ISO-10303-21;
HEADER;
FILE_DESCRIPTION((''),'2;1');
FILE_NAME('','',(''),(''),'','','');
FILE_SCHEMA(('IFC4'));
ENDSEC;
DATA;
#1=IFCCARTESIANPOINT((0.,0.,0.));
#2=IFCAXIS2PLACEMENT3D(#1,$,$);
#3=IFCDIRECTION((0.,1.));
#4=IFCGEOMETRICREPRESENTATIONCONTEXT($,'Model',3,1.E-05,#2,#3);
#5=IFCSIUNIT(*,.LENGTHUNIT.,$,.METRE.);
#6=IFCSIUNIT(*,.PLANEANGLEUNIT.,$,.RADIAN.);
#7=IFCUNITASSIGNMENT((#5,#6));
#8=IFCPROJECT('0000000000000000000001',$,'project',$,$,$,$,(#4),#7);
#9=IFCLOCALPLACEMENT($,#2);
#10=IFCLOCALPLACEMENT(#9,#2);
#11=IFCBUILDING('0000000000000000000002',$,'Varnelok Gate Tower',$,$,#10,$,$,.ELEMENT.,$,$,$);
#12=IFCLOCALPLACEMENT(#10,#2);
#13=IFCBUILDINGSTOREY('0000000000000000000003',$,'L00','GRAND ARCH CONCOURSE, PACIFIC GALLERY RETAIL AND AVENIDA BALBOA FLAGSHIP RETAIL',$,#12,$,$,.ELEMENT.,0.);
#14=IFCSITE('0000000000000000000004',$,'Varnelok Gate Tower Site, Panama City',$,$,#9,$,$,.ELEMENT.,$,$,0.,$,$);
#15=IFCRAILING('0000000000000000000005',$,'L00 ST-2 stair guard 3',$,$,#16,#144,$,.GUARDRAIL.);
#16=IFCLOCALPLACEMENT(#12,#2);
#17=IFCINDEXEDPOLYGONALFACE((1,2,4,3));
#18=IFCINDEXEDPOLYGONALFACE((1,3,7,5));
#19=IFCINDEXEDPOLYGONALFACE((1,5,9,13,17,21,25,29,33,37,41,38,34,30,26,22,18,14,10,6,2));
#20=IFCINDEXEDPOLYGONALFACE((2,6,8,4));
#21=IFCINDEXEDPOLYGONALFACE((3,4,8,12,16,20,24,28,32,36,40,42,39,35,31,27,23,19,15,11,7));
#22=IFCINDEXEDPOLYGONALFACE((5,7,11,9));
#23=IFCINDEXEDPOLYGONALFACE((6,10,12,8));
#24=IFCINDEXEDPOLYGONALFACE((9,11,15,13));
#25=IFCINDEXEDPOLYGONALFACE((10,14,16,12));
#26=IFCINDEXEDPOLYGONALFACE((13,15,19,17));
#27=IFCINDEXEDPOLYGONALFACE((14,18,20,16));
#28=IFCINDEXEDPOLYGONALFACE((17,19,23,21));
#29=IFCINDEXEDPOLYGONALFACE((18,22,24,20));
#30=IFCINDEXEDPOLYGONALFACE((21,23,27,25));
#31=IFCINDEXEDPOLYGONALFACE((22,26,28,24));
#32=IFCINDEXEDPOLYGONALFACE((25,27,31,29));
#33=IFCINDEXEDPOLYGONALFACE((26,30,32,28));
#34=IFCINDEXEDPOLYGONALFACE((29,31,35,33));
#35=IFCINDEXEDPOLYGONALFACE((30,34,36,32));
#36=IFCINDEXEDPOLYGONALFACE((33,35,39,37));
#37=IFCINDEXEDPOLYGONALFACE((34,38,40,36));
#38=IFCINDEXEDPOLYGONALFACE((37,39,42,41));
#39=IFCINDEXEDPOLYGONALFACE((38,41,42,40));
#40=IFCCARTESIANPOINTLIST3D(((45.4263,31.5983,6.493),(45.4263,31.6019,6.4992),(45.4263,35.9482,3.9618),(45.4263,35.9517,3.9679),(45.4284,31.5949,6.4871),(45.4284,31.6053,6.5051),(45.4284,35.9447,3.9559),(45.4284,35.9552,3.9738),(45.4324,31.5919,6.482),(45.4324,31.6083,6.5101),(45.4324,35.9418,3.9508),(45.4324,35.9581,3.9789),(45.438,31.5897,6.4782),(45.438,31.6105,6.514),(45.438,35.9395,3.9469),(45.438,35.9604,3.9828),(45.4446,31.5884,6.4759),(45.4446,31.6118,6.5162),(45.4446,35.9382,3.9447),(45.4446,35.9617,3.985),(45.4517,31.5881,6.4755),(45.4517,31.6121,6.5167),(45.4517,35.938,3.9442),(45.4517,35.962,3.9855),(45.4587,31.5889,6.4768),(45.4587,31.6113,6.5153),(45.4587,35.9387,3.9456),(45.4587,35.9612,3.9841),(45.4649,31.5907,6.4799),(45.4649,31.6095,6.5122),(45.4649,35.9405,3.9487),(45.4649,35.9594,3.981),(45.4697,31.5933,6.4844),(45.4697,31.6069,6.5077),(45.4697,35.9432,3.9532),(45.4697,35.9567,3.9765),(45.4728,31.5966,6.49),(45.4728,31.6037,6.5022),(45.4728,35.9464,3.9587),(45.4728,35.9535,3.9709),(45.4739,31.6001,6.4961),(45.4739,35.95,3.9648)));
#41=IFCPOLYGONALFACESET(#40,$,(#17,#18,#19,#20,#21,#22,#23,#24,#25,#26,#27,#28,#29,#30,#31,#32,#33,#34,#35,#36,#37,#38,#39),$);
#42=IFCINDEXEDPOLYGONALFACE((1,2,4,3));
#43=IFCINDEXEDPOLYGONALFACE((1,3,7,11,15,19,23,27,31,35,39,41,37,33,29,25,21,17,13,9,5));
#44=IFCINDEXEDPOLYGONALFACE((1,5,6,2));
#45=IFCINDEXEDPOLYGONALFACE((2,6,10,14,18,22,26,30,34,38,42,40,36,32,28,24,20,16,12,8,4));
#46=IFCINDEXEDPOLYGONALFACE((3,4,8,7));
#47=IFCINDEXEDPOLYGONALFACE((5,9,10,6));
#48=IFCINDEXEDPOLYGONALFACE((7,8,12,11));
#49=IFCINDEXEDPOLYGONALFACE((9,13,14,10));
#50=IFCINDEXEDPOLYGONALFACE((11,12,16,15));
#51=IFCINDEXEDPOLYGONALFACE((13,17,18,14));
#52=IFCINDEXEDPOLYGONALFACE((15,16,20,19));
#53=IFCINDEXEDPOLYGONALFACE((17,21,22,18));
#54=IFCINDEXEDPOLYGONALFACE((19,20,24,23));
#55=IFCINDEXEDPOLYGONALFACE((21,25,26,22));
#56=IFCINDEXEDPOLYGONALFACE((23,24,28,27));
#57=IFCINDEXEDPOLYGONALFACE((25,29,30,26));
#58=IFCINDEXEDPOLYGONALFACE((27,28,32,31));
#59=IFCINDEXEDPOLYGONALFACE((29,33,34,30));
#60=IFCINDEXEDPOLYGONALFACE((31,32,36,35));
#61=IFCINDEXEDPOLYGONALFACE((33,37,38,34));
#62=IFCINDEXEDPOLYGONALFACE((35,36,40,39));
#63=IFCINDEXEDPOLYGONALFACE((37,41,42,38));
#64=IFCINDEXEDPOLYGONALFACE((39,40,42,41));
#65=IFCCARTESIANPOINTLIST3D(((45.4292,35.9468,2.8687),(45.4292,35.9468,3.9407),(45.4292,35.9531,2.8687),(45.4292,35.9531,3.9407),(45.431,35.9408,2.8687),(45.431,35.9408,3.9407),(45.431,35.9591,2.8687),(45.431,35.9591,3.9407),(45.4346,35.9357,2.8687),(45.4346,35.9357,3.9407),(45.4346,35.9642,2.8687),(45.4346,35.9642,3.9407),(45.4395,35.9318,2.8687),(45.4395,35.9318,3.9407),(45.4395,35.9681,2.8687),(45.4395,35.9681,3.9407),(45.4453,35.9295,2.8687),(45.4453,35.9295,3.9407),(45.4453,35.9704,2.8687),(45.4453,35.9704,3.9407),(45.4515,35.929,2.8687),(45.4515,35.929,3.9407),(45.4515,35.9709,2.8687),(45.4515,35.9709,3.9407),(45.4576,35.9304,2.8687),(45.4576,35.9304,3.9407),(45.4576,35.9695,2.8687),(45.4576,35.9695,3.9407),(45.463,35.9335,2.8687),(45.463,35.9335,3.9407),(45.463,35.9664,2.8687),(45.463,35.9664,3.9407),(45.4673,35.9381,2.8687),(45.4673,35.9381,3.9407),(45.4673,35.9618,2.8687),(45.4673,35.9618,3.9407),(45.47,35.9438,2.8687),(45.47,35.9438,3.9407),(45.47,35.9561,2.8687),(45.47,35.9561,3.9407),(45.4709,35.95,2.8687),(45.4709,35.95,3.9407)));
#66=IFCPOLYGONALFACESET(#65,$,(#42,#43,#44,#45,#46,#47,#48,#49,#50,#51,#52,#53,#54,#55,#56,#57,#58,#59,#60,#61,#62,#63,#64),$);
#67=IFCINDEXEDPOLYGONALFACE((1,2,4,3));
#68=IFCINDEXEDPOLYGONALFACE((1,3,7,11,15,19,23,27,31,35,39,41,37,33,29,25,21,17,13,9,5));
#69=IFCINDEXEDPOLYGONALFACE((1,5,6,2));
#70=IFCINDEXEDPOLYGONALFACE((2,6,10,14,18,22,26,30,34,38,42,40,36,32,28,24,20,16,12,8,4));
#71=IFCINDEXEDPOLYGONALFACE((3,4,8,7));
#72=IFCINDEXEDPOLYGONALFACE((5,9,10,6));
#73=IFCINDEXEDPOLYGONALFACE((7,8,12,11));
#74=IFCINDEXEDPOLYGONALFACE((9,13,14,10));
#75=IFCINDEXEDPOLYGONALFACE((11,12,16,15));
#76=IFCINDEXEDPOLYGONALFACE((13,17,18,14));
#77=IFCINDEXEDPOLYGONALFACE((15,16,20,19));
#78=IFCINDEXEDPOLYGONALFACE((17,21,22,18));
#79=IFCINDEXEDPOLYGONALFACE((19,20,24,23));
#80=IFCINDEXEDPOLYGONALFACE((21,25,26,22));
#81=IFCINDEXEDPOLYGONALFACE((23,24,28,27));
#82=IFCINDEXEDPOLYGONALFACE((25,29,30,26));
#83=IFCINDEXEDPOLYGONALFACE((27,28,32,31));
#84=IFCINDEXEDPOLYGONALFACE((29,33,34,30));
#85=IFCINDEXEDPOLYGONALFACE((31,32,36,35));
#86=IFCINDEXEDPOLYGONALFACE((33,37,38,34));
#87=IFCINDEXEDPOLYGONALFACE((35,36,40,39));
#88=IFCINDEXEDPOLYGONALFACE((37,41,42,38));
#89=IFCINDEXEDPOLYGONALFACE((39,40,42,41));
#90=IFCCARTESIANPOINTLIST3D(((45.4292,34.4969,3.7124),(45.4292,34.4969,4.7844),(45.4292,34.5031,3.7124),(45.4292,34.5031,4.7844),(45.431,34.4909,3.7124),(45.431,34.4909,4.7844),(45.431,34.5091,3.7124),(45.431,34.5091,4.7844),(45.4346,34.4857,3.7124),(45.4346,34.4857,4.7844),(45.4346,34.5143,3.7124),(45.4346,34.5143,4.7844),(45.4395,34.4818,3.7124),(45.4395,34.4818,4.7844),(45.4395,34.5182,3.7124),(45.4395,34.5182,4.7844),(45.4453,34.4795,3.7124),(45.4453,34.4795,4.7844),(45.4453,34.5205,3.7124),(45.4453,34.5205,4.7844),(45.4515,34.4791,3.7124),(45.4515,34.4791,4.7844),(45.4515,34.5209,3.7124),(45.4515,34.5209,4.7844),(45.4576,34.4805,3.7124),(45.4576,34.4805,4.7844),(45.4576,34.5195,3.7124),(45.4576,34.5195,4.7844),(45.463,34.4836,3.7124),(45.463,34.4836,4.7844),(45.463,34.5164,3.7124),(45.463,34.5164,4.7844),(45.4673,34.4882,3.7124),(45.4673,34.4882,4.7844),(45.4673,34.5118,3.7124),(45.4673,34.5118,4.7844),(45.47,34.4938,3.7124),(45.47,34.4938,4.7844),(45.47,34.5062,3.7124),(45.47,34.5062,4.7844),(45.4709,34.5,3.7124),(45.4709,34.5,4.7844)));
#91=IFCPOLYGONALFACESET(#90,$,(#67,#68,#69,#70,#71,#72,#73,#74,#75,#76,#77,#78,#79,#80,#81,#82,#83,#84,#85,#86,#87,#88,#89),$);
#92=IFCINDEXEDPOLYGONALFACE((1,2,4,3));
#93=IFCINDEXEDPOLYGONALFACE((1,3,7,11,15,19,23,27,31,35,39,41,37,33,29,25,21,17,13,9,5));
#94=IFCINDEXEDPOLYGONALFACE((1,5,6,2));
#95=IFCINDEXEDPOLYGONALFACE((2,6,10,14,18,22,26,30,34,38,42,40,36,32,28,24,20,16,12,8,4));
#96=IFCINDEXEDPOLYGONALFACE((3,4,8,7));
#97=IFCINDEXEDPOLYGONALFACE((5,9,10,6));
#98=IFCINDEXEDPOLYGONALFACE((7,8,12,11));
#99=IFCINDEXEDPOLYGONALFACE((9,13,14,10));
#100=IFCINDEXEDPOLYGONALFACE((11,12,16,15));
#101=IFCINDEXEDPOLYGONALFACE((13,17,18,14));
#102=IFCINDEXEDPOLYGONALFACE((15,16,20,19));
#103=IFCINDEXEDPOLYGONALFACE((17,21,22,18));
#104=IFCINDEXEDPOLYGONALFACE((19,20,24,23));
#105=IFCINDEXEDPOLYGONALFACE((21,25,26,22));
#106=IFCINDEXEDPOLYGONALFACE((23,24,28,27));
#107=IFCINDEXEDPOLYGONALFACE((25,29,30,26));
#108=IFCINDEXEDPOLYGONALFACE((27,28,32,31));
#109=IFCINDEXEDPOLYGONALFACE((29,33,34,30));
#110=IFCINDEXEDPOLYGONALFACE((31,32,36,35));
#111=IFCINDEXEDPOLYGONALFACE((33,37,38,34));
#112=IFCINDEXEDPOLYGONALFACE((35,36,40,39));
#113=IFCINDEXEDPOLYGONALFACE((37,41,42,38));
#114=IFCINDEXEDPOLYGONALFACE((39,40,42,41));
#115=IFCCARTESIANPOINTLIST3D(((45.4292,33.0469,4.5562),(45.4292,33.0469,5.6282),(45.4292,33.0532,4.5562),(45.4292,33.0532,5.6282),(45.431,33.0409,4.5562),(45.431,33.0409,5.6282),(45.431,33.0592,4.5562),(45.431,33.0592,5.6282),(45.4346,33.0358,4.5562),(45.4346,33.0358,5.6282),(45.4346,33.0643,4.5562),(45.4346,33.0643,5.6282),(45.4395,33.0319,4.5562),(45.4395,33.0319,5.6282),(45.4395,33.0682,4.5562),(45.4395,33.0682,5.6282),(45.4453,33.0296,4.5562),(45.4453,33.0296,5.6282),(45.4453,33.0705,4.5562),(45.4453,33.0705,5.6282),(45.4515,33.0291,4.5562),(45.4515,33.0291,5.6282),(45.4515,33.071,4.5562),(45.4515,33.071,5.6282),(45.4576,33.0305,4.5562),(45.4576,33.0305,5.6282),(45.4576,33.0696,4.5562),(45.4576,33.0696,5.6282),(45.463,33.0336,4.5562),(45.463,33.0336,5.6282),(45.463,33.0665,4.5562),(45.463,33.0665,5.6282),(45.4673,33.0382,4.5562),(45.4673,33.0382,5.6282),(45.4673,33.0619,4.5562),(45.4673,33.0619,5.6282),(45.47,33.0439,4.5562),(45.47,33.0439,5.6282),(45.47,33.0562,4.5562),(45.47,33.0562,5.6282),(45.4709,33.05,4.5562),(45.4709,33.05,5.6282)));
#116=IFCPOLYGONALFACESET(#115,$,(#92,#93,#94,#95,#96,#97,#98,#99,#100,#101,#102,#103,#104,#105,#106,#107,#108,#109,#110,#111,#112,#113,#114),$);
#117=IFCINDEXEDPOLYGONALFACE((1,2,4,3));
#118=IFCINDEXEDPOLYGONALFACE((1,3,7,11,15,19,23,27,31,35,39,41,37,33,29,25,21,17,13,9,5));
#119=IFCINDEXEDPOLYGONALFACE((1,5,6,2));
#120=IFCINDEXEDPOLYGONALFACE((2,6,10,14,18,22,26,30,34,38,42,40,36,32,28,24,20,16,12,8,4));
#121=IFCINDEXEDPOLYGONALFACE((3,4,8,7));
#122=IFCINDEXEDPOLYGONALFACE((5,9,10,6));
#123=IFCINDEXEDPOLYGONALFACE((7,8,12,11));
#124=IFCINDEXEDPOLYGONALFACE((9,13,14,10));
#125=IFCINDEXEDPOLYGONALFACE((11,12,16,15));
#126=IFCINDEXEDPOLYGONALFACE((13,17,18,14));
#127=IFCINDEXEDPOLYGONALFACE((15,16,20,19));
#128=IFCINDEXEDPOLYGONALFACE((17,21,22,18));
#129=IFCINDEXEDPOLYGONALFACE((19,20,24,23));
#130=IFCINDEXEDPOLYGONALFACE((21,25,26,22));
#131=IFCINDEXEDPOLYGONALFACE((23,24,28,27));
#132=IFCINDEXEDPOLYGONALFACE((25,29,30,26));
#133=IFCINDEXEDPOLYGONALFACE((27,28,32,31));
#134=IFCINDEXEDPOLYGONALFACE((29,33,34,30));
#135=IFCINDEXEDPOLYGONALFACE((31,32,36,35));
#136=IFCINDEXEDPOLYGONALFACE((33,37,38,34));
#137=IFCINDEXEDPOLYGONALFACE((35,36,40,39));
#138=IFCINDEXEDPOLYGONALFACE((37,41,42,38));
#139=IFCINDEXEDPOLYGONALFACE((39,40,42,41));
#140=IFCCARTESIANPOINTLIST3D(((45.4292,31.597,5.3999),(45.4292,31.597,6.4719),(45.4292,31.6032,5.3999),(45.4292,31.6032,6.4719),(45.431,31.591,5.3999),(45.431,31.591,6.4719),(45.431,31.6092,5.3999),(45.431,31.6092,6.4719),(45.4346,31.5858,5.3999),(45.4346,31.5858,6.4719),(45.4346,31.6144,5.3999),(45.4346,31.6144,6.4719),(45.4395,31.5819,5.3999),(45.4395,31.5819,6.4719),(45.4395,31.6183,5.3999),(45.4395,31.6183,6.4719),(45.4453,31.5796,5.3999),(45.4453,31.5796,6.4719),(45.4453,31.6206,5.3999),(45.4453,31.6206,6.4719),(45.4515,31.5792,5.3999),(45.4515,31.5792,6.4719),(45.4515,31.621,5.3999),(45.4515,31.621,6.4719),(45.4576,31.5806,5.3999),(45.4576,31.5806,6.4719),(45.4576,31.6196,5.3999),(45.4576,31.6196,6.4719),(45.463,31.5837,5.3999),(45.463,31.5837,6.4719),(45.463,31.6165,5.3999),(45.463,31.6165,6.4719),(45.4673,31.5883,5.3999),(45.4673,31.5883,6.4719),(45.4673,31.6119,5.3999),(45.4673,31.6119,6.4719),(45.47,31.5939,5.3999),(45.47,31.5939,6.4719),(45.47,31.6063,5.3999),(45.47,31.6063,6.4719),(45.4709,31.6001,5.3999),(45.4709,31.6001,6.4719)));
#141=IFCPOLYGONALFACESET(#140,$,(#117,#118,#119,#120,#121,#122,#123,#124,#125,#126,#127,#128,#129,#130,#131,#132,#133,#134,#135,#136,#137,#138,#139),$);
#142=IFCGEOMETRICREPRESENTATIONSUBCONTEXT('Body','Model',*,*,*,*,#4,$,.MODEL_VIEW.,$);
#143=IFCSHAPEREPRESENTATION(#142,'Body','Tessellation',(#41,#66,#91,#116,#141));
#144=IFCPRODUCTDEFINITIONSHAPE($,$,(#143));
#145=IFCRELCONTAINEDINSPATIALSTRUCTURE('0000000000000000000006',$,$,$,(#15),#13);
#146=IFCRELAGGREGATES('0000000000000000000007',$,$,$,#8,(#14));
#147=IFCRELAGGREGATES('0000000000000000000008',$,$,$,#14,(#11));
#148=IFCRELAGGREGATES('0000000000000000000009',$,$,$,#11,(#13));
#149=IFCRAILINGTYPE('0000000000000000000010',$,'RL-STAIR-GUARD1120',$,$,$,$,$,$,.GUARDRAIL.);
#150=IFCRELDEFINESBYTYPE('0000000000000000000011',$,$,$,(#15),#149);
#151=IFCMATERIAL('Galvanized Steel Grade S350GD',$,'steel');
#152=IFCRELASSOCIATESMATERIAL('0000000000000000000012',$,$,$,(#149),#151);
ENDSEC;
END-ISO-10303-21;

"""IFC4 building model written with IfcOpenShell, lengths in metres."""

from ifc_helpers import new_model, si_unit, direction, frame, origin, origin_2d, place, context, subcontext, project, spatial, circle, extrude, material, type_object, element, save


model = new_model("IFC4")

# Units and contexts
model_context = context("Model", 3, precision=1e-05, world=origin(), true_north=direction((0.0, 1.0)))
body_context = subcontext(model_context, "Body", "Model", "MODEL_VIEW")
ifc_project = project(units=[si_unit("LENGTHUNIT", "METRE"), si_unit("PLANEANGLEUNIT", "RADIAN")], contexts=[model_context])

# Site, building, storey
site_placement = place(None, origin())
site = spatial("IfcSite", under=ifc_project, at=site_placement, Name="Varnelok Gate Tower Site, Panama City", CompositionType="ELEMENT", RefElevation=0.0)
building_placement = place(site_placement, origin())
building = spatial("IfcBuilding", under=site, at=building_placement, Name="Varnelok Gate Tower", CompositionType="ELEMENT")
storey_placement = place(building_placement, origin())
storey = spatial("IfcBuildingStorey", under=building, at=storey_placement, Name="L00", Description="GRAND ARCH CONCOURSE, PACIFIC GALLERY RETAIL AND AVENIDA BALBOA FLAGSHIP RETAIL", CompositionType="ELEMENT", Elevation=0.0)

# Shared definitions
ifc_material_1 = material(Name="Galvanized Steel Grade S350GD", Category="steel")

# Railing
railing_type_1 = type_object("IfcRailingType", Name="RL-STAIR-GUARD1120", PredefinedType="GUARDRAIL", material=ifc_material_1)
railing_1_placement = place(storey_placement, frame((45.45, 35.95, 2.8687)))
element("IfcRailing", 1, at=railing_1_placement, inside=storey, type_object=railing_type_1, Name="L00 ST-2 stair guard 3", PredefinedType="GUARDRAIL", context=body_context, shape_type="SweptSolid", body=[
    extrude(circle(Radius=0.0239, at=origin_2d()), frame((0.0, 0.0, 1.0962), z_axis=(0.0, -0.864312, 0.502957), x_axis=(1.0, 0.0, 0.0)), (0.0, 0.0, 1.0), 5.0327),
    extrude(circle(Radius=0.021, at=origin_2d()), origin(), (0.0, 0.0, 1.0), 1.072),
    extrude(circle(Radius=0.021, at=origin_2d()), frame((0.0, -1.45, 0.8438)), (0.0, 0.0, 1.0), 1.072),
    extrude(circle(Radius=0.021, at=origin_2d()), frame((0.0, -2.8999, 1.6875)), (0.0, 0.0, 1.0), 1.072),
    extrude(circle(Radius=0.021, at=origin_2d()), frame((0.0, -4.3499, 2.5312)), (0.0, 0.0, 1.0), 1.072),
])

save(model, "model.ifc")
